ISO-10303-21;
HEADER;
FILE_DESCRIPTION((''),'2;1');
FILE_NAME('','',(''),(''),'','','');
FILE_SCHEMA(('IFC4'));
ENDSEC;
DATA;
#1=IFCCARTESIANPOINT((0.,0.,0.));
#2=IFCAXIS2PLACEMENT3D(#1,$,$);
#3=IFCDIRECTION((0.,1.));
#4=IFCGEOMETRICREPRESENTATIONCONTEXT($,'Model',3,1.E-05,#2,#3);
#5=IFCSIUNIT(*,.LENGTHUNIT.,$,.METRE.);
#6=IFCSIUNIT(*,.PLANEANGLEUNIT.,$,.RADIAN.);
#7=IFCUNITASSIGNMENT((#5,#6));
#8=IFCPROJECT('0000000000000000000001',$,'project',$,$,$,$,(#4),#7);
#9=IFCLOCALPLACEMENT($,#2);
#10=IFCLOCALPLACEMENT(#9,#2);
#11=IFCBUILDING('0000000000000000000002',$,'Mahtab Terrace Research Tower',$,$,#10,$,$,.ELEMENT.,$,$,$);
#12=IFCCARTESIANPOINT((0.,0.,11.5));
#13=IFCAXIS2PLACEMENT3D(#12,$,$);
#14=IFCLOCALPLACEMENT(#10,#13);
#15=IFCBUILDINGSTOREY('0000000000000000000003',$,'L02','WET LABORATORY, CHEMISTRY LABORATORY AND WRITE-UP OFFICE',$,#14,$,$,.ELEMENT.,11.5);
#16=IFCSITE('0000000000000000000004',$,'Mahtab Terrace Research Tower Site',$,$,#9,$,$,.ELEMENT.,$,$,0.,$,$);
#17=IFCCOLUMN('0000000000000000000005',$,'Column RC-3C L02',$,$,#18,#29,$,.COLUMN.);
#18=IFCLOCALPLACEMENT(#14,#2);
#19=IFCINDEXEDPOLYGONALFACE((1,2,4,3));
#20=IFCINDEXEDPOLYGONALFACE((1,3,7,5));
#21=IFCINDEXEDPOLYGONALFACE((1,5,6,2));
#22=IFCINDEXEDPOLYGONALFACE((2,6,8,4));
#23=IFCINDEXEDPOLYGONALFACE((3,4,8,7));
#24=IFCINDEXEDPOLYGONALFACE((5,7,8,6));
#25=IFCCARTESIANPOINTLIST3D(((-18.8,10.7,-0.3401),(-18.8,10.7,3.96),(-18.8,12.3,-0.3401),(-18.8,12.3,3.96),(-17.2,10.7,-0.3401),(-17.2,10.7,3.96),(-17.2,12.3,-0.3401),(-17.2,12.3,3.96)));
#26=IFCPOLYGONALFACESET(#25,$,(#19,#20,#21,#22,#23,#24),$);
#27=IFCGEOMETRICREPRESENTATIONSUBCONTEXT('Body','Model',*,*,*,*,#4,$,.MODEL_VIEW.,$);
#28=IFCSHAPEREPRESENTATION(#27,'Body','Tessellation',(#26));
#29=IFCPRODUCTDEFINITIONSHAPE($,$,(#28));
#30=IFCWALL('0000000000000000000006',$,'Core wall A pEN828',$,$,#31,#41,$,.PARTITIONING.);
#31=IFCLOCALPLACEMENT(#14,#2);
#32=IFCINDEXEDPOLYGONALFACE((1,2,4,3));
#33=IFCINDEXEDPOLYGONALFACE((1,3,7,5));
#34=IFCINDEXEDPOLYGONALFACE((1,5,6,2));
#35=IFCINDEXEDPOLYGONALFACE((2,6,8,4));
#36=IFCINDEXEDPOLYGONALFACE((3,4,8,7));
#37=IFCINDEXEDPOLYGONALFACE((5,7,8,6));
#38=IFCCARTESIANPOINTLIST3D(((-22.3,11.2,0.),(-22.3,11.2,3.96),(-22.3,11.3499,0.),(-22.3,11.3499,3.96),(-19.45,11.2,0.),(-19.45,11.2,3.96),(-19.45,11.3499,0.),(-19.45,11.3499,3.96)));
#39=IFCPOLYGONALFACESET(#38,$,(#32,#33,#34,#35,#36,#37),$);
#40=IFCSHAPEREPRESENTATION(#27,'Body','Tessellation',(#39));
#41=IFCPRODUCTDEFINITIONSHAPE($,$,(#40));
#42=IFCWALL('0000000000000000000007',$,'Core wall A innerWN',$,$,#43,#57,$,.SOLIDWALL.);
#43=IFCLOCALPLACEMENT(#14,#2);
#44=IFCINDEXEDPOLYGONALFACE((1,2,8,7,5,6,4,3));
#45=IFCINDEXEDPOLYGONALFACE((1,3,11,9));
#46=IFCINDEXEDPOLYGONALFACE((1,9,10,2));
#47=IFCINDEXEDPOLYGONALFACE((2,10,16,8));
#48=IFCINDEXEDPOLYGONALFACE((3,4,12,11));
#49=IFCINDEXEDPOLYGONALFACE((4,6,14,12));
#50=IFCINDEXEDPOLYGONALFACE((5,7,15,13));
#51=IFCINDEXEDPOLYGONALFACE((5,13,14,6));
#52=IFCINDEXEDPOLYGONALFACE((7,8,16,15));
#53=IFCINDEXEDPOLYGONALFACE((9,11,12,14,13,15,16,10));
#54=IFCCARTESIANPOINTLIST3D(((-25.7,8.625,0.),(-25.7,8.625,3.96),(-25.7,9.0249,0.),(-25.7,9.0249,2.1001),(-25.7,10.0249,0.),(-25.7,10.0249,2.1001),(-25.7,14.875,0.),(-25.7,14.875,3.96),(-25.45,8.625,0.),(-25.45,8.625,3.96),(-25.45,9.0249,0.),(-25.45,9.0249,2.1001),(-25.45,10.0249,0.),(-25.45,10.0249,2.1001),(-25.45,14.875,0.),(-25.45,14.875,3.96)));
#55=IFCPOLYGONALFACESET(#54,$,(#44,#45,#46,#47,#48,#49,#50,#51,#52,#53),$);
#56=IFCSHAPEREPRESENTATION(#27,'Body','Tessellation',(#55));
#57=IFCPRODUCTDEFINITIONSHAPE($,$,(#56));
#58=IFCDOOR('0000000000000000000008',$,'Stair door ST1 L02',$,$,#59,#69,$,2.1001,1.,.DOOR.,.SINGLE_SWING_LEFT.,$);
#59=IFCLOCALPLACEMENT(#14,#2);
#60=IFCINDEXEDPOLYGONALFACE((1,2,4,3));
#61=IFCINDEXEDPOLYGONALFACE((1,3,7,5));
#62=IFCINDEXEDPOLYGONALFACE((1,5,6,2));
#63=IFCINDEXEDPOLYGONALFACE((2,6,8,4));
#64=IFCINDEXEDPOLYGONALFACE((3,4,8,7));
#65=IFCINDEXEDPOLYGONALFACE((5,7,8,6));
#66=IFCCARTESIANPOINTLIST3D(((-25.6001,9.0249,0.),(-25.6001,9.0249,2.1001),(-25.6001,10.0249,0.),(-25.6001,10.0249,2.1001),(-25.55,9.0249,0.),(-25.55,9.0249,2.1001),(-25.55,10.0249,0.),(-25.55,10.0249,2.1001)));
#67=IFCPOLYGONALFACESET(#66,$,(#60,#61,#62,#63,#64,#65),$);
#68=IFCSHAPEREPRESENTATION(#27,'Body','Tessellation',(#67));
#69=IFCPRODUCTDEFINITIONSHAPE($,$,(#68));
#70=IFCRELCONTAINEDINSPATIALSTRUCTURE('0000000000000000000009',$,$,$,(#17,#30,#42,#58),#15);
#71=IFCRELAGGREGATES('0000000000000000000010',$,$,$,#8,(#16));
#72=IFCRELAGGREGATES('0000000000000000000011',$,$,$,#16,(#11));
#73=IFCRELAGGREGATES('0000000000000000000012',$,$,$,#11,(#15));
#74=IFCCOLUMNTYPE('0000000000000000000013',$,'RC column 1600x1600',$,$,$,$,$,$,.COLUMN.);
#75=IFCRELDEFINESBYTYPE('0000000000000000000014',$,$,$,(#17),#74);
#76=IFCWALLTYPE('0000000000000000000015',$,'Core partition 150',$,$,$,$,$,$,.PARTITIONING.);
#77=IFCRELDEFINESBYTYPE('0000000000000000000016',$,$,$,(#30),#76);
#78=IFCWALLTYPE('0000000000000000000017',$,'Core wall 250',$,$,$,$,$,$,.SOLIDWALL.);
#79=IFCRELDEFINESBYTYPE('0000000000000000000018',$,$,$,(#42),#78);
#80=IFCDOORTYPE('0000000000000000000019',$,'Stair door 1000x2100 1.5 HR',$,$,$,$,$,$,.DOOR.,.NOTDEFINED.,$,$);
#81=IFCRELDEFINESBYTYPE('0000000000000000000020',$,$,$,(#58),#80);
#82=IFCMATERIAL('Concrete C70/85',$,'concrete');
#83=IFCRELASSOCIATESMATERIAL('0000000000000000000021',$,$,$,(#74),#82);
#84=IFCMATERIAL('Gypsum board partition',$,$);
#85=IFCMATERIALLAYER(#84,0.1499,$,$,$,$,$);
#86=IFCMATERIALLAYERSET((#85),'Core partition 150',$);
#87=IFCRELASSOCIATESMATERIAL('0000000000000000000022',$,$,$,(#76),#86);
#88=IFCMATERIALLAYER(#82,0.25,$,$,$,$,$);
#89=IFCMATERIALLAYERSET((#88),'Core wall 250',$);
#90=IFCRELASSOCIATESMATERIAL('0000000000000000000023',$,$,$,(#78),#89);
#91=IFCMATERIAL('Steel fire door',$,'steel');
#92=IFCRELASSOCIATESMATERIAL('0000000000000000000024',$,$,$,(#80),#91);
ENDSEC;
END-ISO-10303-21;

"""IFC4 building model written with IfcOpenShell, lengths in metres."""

from ifc_helpers import new_model, si_unit, direction, frame, frame_2d, origin, origin_2d, place, context, subcontext, project, spatial, rectangle, extrude, material, layer, layer_set, material_profile, profile_set, type_object, element, fill, save


model = new_model("IFC4")

# Units and contexts
model_context = context("Model", 3, precision=1e-05, world=origin(), true_north=direction((0.0, 1.0)))
body_context = subcontext(model_context, "Body", "Model", "MODEL_VIEW")
ifc_project = project(units=[si_unit("LENGTHUNIT", "METRE"), si_unit("PLANEANGLEUNIT", "RADIAN")], contexts=[model_context])

# Site, building, storey
site_placement = place(None, origin())
site = spatial("IfcSite", under=ifc_project, at=site_placement, Name="Mahtab Terrace Research Tower Site", CompositionType="ELEMENT", RefElevation=0.0)
building_placement = place(site_placement, origin())
building = spatial("IfcBuilding", under=site, at=building_placement, Name="Mahtab Terrace Research Tower", CompositionType="ELEMENT")
storey_placement = place(building_placement, frame((0.0, 0.0, 11.5)))
storey = spatial("IfcBuildingStorey", under=building, at=storey_placement, Name="L02", Description="WET LABORATORY, CHEMISTRY LABORATORY AND WRITE-UP OFFICE", CompositionType="ELEMENT", Elevation=11.5)

# Column
ifc_material_1 = material(Name="Concrete C70/85", Category="concrete")
ifc_material_profile = material_profile(ifc_material_1, rectangle(XDim=1.6001, YDim=1.6001, at=origin_2d()), Name="RC column 1600x1600")
ifc_profile_set = profile_set([ifc_material_profile], Name="Concrete C70/85")
column_type = type_object("IfcColumnType", Name="RC column 1600x1600", PredefinedType="COLUMN", material=ifc_profile_set)
column_placement = place(storey_placement, frame((-18.0, 11.5, -0.3401), z_axis=(0.0, 0.0, 1.0), x_axis=(1.0, 0.0, 0.0)))
element("IfcColumn", 1, at=column_placement, inside=storey, type_object=column_type, Name="Column RC-3C L02", PredefinedType="COLUMN", context=body_context, shape_type="SweptSolid", body=[
    extrude(rectangle(XDim=1.6001, YDim=1.6001, at=origin_2d()), origin(), (0.0, 0.0, 1.0), 4.3),
])

# Wall
ifc_material_2 = material(Name="Gypsum board partition")
ifc_layer_1 = layer(ifc_material_2, 0.1499)
ifc_layer_set_1 = layer_set([ifc_layer_1], Name="Core partition 150")
wall_type_1 = type_object("IfcWallType", Name="Core partition 150", PredefinedType="PARTITIONING", material=ifc_layer_set_1)
wall_1_placement = place(storey_placement, frame((-22.3, 11.2749, 0.0), z_axis=(0.0, 0.0, 1.0), x_axis=(1.0, 0.0, 0.0)))
element("IfcWall", 2, at=wall_1_placement, inside=storey, type_object=wall_type_1, Name="Core wall A pEN828", PredefinedType="PARTITIONING", context=body_context, shape_type="SweptSolid", body=[
    extrude(rectangle(XDim=2.8501, YDim=0.1499, at=frame_2d((1.425, 0.0))), origin(), (0.0, 0.0, 1.0), 3.96),
])

# Wall, opening, door
ifc_layer_2 = layer(ifc_material_1, 0.25)
ifc_layer_set_2 = layer_set([ifc_layer_2], Name="Core wall 250")
wall_type_2 = type_object("IfcWallType", Name="Core wall 250", PredefinedType="SOLIDWALL", material=ifc_layer_set_2)
wall_2_placement = place(storey_placement, frame((-25.575, 14.875, 0.0), z_axis=(0.0, 0.0, 1.0), x_axis=(0.0, -1.0, 0.0)))
wall_2 = element("IfcWall", 3, at=wall_2_placement, inside=storey, type_object=wall_type_2, Name="Core wall A innerWN", PredefinedType="SOLIDWALL", context=body_context, shape_type="SweptSolid", body=[
    extrude(rectangle(XDim=6.25, YDim=0.25, at=frame_2d((3.125, 0.0))), origin(), (0.0, 0.0, 1.0), 3.96),
])
opening_1_placement = place(wall_2_placement, frame((4.8501, 0.0, 0.0)))
opening_1 = element("IfcOpeningElement", 4, at=opening_1_placement, cuts=wall_2, PredefinedType="OPENING", context=body_context, shape_type="SweptSolid", body=[
    extrude(rectangle(XDim=1.0, YDim=2.1001, at=frame_2d((0.5, 1.05))), frame((0.0, 0.135, 0.0), z_axis=(0.0, -1.0, 0.0), x_axis=(1.0, 0.0, 0.0)), (0.0, 0.0, 1.0), 0.27),
])
ifc_material_3 = material(Name="Steel fire door", Category="steel")
door_type_1 = type_object("IfcDoorType", Name="Stair door 1000x2100 1.5 HR", OperationType="NOTDEFINED", PredefinedType="DOOR", material=ifc_material_3)
door_1_placement = place(opening_1_placement, origin())
door_1 = element("IfcDoor", 5, at=door_1_placement, inside=storey, type_object=door_type_1, Name="Stair door ST1 L02", OperationType="SINGLE_SWING_LEFT", OverallHeight=2.1001, OverallWidth=1.0, PredefinedType="DOOR", context=body_context, shape_type="SweptSolid", body=[
    extrude(rectangle(XDim=1.0, YDim=2.1001, at=frame_2d((0.5, 1.05))), frame((0.0, 0.0249, 0.0), z_axis=(0.0, -1.0, 0.0), x_axis=(1.0, 0.0, 0.0)), (0.0, 0.0, 1.0), 0.05),
])
fill(opening_1, door_1)

save(model, "model.ifc")
